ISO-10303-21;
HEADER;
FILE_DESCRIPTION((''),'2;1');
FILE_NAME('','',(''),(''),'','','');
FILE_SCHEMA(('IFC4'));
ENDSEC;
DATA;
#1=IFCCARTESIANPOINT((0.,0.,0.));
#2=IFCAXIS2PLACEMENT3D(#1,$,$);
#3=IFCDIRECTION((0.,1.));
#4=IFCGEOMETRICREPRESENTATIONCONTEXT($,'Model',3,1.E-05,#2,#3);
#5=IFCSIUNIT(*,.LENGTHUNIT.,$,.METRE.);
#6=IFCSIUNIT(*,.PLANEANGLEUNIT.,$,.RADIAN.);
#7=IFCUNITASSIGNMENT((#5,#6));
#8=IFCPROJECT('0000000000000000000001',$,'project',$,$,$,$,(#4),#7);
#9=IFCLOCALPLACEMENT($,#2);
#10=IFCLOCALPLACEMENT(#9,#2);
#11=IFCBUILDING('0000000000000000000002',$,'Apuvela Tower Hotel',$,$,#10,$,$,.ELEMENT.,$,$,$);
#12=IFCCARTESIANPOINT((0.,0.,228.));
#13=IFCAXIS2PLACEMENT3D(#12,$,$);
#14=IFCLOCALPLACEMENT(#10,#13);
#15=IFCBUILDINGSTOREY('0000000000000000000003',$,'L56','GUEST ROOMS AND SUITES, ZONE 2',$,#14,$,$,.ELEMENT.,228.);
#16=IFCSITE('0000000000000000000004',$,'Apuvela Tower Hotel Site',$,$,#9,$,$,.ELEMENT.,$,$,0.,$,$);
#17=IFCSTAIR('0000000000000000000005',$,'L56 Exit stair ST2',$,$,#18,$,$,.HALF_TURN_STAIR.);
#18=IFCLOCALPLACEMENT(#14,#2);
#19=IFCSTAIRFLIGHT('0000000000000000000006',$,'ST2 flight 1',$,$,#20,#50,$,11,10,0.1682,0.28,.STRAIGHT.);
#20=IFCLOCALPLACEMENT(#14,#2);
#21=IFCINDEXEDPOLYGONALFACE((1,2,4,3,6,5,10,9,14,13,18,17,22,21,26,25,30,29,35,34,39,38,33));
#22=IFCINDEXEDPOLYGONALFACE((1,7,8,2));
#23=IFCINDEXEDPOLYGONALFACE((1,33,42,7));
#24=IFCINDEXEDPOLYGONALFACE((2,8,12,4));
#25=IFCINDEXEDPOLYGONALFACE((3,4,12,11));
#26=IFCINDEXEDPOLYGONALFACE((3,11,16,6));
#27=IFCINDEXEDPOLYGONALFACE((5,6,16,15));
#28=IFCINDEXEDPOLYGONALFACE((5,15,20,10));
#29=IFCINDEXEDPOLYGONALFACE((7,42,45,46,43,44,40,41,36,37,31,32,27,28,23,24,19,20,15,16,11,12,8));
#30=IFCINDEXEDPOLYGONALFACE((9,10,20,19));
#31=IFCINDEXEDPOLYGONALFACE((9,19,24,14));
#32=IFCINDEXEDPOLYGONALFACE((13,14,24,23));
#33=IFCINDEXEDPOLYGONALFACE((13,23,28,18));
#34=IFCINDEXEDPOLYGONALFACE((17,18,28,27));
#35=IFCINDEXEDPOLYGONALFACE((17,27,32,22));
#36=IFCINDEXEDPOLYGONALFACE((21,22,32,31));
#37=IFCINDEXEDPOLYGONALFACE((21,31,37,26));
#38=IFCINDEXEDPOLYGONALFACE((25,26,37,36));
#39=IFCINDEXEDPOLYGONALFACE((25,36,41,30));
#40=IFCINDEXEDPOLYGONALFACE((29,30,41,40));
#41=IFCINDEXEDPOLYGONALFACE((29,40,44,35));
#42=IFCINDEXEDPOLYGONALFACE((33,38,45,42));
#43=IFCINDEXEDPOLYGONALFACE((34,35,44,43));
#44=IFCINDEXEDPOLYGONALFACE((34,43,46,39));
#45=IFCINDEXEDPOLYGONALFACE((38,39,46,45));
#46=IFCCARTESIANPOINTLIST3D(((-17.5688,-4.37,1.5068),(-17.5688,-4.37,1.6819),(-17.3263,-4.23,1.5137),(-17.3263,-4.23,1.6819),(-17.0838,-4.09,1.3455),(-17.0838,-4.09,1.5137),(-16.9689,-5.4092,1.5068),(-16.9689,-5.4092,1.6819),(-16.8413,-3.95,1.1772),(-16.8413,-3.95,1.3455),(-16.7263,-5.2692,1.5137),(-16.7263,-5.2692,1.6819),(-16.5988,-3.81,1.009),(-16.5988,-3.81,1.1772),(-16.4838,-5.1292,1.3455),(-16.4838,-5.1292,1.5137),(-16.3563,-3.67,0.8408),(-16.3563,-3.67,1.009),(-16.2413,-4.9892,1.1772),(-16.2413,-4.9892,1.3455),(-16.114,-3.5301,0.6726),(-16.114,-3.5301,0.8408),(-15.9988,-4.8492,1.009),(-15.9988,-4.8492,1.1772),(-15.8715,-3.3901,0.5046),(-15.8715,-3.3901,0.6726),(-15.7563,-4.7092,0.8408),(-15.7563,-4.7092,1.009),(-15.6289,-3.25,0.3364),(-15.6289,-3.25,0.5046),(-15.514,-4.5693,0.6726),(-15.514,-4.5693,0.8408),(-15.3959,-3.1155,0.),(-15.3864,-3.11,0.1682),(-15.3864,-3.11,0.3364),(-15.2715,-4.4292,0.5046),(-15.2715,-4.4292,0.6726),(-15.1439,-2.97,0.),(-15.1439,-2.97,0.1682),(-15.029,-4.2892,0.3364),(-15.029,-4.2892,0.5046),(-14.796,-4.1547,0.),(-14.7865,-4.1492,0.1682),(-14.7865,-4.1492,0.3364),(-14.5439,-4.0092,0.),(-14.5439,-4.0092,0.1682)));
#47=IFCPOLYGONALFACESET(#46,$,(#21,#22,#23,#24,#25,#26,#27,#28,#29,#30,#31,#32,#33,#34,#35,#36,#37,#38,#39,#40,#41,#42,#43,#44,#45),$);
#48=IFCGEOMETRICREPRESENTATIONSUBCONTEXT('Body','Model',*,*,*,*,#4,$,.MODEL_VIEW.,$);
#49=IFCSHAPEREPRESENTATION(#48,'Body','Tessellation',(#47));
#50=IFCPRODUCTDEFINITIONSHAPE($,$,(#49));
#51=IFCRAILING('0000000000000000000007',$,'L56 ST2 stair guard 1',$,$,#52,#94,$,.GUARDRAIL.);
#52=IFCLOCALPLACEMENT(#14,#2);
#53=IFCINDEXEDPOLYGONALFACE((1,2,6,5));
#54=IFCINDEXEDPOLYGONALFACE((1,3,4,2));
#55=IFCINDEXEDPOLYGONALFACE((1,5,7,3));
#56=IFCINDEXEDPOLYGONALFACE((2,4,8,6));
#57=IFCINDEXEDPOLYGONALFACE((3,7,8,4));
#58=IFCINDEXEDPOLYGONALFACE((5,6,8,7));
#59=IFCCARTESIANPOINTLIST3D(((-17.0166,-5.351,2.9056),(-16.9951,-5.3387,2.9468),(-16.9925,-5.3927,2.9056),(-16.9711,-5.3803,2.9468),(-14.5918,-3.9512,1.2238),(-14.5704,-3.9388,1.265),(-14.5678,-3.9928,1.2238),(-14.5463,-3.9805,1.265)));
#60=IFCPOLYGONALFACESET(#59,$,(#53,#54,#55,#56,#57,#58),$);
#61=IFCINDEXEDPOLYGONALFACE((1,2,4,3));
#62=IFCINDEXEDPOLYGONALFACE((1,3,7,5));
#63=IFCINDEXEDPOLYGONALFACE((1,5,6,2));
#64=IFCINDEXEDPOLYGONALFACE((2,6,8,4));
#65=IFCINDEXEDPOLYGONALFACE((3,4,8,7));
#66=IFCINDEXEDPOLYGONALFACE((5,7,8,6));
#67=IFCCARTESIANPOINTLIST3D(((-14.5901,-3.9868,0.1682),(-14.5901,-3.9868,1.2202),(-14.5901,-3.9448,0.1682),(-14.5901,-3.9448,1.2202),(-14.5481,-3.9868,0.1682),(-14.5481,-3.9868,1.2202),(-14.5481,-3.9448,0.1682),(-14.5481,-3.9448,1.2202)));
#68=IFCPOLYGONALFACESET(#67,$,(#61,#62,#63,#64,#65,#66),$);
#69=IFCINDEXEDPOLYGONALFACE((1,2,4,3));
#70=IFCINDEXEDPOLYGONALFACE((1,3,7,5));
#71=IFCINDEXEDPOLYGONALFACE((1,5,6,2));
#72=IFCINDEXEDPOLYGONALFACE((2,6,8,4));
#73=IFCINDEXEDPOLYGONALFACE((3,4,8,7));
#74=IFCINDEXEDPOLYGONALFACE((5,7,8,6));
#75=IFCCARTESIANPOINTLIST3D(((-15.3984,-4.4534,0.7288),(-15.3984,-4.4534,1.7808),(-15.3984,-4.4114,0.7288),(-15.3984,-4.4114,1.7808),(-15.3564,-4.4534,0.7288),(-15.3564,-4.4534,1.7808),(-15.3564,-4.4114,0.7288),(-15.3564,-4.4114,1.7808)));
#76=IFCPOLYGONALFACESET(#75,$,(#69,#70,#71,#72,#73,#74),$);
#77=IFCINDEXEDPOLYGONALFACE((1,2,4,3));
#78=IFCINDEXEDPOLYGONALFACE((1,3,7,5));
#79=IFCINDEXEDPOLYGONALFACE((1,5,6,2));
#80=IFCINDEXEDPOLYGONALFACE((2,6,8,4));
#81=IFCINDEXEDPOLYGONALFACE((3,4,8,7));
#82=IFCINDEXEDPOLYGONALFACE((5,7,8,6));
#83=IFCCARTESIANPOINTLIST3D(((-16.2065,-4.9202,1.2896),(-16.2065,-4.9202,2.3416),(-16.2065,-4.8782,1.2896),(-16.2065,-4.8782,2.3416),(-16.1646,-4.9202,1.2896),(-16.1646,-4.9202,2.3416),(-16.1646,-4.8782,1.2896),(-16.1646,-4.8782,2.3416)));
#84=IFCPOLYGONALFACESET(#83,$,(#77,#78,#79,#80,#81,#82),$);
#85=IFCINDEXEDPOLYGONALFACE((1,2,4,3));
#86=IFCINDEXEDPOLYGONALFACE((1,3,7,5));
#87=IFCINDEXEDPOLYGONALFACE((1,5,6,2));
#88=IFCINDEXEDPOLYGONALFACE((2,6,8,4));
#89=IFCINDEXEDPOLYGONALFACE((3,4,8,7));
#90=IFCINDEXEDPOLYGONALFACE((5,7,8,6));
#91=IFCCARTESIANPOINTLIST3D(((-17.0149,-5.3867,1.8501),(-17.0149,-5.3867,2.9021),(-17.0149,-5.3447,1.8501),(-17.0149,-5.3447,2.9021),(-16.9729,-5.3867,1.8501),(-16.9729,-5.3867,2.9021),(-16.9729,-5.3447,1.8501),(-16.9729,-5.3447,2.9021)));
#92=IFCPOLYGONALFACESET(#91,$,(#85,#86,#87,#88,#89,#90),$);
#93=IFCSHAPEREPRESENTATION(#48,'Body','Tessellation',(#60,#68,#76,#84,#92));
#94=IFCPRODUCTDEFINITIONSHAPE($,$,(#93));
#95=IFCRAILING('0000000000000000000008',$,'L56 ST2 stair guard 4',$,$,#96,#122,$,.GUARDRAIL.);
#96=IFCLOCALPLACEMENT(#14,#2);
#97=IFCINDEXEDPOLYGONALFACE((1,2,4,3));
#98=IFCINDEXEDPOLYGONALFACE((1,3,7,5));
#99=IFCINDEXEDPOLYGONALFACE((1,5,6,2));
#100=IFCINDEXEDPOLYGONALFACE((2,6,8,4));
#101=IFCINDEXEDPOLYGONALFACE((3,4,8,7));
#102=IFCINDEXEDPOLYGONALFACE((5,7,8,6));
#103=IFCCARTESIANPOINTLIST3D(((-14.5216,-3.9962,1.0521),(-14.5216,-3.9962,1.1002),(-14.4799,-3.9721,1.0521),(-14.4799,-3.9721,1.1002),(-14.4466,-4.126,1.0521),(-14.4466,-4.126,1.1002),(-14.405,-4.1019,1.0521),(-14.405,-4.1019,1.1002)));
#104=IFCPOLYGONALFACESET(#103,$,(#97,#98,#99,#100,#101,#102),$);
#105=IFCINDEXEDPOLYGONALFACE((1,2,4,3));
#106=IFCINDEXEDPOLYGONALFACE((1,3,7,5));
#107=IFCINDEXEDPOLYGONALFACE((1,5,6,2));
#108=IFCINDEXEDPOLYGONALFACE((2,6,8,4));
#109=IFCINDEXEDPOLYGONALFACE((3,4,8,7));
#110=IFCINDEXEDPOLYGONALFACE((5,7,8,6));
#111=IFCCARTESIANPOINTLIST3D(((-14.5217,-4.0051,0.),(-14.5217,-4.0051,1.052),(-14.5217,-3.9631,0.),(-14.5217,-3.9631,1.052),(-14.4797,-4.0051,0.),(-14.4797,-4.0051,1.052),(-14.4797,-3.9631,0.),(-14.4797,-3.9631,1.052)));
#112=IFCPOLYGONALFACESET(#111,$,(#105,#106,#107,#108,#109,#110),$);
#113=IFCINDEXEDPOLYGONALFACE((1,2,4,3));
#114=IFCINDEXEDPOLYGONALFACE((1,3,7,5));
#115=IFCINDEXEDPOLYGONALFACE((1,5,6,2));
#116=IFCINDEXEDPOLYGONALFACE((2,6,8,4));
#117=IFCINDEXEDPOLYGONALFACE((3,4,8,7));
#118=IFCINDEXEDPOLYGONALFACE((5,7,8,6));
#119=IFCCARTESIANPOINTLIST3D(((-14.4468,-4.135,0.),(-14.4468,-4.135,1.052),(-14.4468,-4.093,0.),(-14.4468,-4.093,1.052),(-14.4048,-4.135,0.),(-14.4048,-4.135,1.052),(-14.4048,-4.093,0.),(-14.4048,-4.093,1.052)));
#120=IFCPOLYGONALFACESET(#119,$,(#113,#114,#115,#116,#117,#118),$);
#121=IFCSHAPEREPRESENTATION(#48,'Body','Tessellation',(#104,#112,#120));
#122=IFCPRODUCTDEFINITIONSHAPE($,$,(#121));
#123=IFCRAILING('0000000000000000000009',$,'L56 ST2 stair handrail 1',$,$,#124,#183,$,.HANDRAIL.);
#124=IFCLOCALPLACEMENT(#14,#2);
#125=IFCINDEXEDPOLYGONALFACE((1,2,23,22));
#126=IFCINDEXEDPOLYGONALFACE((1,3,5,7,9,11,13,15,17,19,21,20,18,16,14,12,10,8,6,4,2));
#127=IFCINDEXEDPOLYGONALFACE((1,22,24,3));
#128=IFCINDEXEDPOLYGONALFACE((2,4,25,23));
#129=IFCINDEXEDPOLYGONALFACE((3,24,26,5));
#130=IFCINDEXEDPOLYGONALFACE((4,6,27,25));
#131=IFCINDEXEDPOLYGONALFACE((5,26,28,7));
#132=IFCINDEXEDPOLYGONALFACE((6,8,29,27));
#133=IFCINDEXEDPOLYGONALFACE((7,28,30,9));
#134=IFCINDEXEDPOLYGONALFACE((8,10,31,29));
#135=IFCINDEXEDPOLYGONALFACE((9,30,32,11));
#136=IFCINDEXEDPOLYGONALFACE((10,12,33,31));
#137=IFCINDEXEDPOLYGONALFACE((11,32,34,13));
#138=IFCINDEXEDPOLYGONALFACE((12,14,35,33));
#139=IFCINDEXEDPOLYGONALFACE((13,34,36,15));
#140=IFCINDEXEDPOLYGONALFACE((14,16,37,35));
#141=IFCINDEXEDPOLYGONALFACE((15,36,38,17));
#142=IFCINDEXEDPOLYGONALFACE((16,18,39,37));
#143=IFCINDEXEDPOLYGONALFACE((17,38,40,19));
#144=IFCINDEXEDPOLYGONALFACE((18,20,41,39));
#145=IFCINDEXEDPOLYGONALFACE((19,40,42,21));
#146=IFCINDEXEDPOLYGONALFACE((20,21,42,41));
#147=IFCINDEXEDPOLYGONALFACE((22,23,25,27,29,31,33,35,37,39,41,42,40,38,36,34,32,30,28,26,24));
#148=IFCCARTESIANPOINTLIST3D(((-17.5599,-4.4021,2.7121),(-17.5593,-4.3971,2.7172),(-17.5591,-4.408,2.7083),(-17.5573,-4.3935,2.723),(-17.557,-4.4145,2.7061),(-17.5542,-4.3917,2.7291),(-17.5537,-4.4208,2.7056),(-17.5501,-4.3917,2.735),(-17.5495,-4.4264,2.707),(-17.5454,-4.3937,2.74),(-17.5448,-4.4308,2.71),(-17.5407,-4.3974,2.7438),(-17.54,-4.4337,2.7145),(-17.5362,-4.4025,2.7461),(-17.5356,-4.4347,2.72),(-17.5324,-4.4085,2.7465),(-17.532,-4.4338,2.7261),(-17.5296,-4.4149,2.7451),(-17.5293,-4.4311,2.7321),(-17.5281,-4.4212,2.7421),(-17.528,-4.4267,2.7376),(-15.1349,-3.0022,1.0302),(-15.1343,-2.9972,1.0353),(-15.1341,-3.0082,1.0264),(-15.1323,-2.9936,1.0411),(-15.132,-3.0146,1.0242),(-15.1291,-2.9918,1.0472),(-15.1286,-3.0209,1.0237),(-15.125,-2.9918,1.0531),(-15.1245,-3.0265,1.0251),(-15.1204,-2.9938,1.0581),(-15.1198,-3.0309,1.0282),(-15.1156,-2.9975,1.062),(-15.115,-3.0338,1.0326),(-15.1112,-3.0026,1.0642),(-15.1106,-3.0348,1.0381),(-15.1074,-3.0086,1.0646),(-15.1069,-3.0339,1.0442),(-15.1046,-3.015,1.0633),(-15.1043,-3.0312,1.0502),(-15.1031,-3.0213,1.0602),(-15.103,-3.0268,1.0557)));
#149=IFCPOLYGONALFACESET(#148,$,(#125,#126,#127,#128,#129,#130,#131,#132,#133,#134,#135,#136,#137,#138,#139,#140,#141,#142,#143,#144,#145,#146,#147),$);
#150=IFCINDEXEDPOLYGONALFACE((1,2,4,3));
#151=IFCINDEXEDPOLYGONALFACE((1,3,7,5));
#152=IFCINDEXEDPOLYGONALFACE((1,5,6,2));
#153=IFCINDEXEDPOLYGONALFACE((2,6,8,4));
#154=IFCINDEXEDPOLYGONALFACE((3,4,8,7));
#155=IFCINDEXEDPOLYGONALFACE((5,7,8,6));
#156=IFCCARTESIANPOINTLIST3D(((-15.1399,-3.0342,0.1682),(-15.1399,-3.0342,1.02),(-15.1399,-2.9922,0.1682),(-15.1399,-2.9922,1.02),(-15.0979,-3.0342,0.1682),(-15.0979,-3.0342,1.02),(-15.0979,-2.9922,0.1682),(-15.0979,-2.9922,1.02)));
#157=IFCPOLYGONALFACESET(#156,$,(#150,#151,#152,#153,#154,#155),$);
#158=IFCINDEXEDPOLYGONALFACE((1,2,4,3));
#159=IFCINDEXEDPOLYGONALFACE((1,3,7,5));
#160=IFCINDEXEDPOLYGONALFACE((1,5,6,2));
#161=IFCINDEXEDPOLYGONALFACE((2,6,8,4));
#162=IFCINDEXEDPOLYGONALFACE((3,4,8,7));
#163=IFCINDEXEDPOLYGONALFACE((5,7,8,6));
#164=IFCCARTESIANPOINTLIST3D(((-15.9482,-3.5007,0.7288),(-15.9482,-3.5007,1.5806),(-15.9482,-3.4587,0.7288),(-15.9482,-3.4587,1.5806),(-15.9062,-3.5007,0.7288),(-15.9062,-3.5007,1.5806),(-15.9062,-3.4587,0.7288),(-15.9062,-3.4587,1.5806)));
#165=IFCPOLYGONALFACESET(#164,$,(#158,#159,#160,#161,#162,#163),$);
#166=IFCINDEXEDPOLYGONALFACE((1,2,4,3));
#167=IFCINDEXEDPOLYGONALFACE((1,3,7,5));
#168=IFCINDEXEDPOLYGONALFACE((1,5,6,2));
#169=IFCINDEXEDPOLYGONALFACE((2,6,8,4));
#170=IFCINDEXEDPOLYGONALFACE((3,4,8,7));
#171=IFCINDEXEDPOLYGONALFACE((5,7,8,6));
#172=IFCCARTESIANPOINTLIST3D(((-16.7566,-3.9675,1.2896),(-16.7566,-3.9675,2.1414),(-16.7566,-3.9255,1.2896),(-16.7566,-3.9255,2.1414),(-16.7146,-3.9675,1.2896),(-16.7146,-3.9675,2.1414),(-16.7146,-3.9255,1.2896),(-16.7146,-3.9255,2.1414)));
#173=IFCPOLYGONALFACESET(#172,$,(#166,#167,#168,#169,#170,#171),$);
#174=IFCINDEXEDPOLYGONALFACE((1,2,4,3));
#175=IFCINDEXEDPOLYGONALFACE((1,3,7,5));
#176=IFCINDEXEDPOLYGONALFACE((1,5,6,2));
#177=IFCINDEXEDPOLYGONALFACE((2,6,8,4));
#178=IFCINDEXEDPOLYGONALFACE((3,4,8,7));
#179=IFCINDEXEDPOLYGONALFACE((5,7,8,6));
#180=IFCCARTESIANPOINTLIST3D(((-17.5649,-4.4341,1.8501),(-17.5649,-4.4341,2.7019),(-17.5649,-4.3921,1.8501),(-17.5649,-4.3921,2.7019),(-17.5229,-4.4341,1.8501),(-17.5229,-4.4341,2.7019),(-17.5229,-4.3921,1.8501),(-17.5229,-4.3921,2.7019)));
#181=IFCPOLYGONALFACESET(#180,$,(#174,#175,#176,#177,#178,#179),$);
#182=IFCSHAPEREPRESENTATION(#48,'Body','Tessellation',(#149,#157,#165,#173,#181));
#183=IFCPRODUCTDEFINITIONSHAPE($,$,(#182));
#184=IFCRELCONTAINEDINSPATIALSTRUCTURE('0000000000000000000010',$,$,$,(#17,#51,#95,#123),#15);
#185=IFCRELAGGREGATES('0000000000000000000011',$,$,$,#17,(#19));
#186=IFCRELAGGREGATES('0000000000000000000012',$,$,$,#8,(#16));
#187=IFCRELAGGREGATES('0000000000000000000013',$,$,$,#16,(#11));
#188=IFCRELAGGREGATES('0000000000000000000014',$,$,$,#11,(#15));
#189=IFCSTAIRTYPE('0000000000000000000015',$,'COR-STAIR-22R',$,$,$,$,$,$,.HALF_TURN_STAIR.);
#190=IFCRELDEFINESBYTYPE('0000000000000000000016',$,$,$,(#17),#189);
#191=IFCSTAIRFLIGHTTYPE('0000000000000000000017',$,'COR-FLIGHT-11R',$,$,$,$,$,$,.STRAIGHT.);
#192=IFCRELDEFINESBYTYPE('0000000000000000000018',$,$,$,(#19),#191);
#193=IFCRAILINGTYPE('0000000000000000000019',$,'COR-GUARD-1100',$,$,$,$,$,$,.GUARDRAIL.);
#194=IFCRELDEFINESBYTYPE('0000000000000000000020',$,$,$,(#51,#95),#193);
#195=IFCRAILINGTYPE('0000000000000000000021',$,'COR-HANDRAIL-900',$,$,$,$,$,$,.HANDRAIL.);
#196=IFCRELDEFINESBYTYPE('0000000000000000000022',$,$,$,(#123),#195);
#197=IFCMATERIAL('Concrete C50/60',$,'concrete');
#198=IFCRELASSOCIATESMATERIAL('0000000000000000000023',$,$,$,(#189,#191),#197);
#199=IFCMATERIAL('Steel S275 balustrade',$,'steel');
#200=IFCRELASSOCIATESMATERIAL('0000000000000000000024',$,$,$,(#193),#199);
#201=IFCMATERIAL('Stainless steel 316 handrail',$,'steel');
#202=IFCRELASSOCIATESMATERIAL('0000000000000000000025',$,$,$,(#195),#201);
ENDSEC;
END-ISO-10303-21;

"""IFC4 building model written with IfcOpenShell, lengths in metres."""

from ifc_helpers import new_model, si_unit, direction, frame, origin, origin_2d, place, context, subcontext, project, spatial, polyline, rectangle, circle, outline, extrude, material, type_object, element, aggregate, save


model = new_model("IFC4")

# Units and contexts
model_context = context("Model", 3, precision=1e-05, world=origin(), true_north=direction((0.0, 1.0)))
body_context = subcontext(model_context, "Body", "Model", "MODEL_VIEW")
ifc_project = project(units=[si_unit("LENGTHUNIT", "METRE"), si_unit("PLANEANGLEUNIT", "RADIAN")], contexts=[model_context])

# Site, building, storey
site_placement = place(None, origin())
site = spatial("IfcSite", under=ifc_project, at=site_placement, Name="Apuvela Tower Hotel Site", CompositionType="ELEMENT", RefElevation=0.0)
building_placement = place(site_placement, origin())
building = spatial("IfcBuilding", under=site, at=building_placement, Name="Apuvela Tower Hotel", CompositionType="ELEMENT")
storey_placement = place(building_placement, frame((0.0, 0.0, 228.0)))
storey = spatial("IfcBuildingStorey", under=building, at=storey_placement, Name="L56", Description="GUEST ROOMS AND SUITES, ZONE 2", CompositionType="ELEMENT", Elevation=228.0)

# Shared definitions
ifc_material_1 = material(Name="Concrete C50/60", Category="concrete")

# Stair, stair flight
stair_type = type_object("IfcStairType", Name="COR-STAIR-22R", PredefinedType="HALF_TURN_STAIR", material=ifc_material_1)
stair_placement = place(storey_placement, origin())
stair = element("IfcStair", 1, at=stair_placement, inside=storey, type_object=stair_type, Name="L56 Exit stair ST2", PredefinedType="HALF_TURN_STAIR")
stair_flight_type = type_object("IfcStairFlightType", Name="COR-FLIGHT-11R", PredefinedType="STRAIGHT", material=ifc_material_1)
stair_flight_placement = place(storey_placement, frame((-14.844, -3.4895, 0.0), z_axis=(0.0, 0.0, 1.0), x_axis=(-0.866025, -0.5, 0.0)))
stair_flight = element("IfcStairFlight", 2, at=stair_flight_placement, type_object=stair_flight_type, Name="ST2 flight 1", NumberOfRisers=11, NumberOfTreads=10, PredefinedType="STRAIGHT", RiserHeight=0.1682, TreadLength=0.28, context=body_context, shape_type="SweptSolid", body=[
    extrude(outline(polyline([(0.0, 0.0), (0.0, 0.1682), (0.28, 0.1682), (0.28, 0.3364), (0.5601, 0.3364), (0.5601, 0.5046), (0.8401, 0.5046), (0.8401, 0.6726), (1.1201, 0.6726), (1.1201, 0.8408), (1.3999, 0.8408), (1.3999, 1.009), (1.6799, 1.009), (1.6799, 1.1772), (1.96, 1.1772), (1.96, 1.3455), (2.24, 1.3455), (2.24, 1.5137), (2.52, 1.5137), (2.52, 1.6819), (2.8, 1.6819), (2.8, 1.8501), (2.8, 1.5068), (0.291, 0.0), (0.0, 0.0)])), frame((0.0, 0.6001, 0.0), z_axis=(0.0, -1.0, 0.0), x_axis=(1.0, 0.0, 0.0)), (0.0, 0.0, 1.0), 1.2),
])
aggregate(stair, [stair_flight])

# Railings
ifc_material_2 = material(Name="Steel S275 balustrade", Category="steel")
railing_type_1 = type_object("IfcRailingType", Name="COR-GUARD-1100", PredefinedType="GUARDRAIL", material=ifc_material_2)
railing_1_placement = place(storey_placement, frame((-14.5691, -3.9658, 0.1682)))
element("IfcRailing", 3, at=railing_1_placement, inside=storey, type_object=railing_type_1, Name="L56 ST2 stair guard 1", PredefinedType="GUARDRAIL", context=body_context, shape_type="SweptSolid", body=[
    extrude(rectangle(XDim=0.0481, YDim=0.0481, at=origin_2d()), frame((0.0, 0.0, 1.0762), z_axis=(-0.74239, -0.428601, 0.514934), x_axis=(0.499984, -0.866035, 0.0)), (0.0, 0.0, 1.0), 3.2661),
    extrude(rectangle(XDim=0.042, YDim=0.042, at=origin_2d()), origin(), (0.0, 0.0, 1.0), 1.052),
    extrude(rectangle(XDim=0.042, YDim=0.042, at=origin_2d()), frame((-0.8083, -0.4666, 0.5605)), (0.0, 0.0, 1.0), 1.052),
    extrude(rectangle(XDim=0.042, YDim=0.042, at=origin_2d()), frame((-1.6165, -0.9333, 1.1213)), (0.0, 0.0, 1.0), 1.052),
    extrude(rectangle(XDim=0.042, YDim=0.042, at=origin_2d()), frame((-2.4248, -1.3999, 1.6819)), (0.0, 0.0, 1.0), 1.052),
])
railing_2_placement = place(storey_placement, frame((-14.5007, -3.9841, 0.0)))
element("IfcRailing", 4, at=railing_2_placement, inside=storey, type_object=railing_type_1, Name="L56 ST2 stair guard 4", PredefinedType="GUARDRAIL", context=body_context, shape_type="SweptSolid", body=[
    extrude(rectangle(XDim=0.0481, YDim=0.0481, at=origin_2d()), frame((0.0, 0.0, 1.0762), z_axis=(0.499816, -0.866131, 0.0), x_axis=(0.866131, 0.499816, 0.0)), (0.0, 0.0, 1.0), 0.1499),
    extrude(rectangle(XDim=0.042, YDim=0.042, at=origin_2d()), origin(), (0.0, 0.0, 1.0), 1.052),
    extrude(rectangle(XDim=0.042, YDim=0.042, at=origin_2d()), frame((0.075, -0.1299, 0.0)), (0.0, 0.0, 1.0), 1.052),
])
ifc_material_3 = material(Name="Stainless steel 316 handrail", Category="steel")
railing_type_2 = type_object("IfcRailingType", Name="COR-HANDRAIL-900", PredefinedType="HANDRAIL", material=ifc_material_3)
railing_3_placement = place(storey_placement, frame((-15.1189, -3.0132, 0.1682)))
element("IfcRailing", 5, at=railing_3_placement, inside=storey, type_object=railing_type_2, Name="L56 ST2 stair handrail 1", PredefinedType="HANDRAIL", context=body_context, shape_type="SweptSolid", body=[
    extrude(circle(Radius=0.0239, at=origin_2d()), frame((0.0, 0.0, 0.876), z_axis=(-0.742424, -0.428577, 0.514906), x_axis=(0.499946, -0.866056, 0.0)), (0.0, 0.0, 1.0), 3.2664),
    extrude(rectangle(XDim=0.042, YDim=0.042, at=origin_2d()), origin(), (0.0, 0.0, 1.0), 0.8518),
    extrude(rectangle(XDim=0.042, YDim=0.042, at=origin_2d()), frame((-0.8083, -0.4666, 0.5605)), (0.0, 0.0, 1.0), 0.8518),
    extrude(rectangle(XDim=0.042, YDim=0.042, at=origin_2d()), frame((-1.6167, -0.9333, 1.1213)), (0.0, 0.0, 1.0), 0.8518),
    extrude(rectangle(XDim=0.042, YDim=0.042, at=origin_2d()), frame((-2.425, -1.3999, 1.6819)), (0.0, 0.0, 1.0), 0.8518),
])

save(model, "model.ifc")
